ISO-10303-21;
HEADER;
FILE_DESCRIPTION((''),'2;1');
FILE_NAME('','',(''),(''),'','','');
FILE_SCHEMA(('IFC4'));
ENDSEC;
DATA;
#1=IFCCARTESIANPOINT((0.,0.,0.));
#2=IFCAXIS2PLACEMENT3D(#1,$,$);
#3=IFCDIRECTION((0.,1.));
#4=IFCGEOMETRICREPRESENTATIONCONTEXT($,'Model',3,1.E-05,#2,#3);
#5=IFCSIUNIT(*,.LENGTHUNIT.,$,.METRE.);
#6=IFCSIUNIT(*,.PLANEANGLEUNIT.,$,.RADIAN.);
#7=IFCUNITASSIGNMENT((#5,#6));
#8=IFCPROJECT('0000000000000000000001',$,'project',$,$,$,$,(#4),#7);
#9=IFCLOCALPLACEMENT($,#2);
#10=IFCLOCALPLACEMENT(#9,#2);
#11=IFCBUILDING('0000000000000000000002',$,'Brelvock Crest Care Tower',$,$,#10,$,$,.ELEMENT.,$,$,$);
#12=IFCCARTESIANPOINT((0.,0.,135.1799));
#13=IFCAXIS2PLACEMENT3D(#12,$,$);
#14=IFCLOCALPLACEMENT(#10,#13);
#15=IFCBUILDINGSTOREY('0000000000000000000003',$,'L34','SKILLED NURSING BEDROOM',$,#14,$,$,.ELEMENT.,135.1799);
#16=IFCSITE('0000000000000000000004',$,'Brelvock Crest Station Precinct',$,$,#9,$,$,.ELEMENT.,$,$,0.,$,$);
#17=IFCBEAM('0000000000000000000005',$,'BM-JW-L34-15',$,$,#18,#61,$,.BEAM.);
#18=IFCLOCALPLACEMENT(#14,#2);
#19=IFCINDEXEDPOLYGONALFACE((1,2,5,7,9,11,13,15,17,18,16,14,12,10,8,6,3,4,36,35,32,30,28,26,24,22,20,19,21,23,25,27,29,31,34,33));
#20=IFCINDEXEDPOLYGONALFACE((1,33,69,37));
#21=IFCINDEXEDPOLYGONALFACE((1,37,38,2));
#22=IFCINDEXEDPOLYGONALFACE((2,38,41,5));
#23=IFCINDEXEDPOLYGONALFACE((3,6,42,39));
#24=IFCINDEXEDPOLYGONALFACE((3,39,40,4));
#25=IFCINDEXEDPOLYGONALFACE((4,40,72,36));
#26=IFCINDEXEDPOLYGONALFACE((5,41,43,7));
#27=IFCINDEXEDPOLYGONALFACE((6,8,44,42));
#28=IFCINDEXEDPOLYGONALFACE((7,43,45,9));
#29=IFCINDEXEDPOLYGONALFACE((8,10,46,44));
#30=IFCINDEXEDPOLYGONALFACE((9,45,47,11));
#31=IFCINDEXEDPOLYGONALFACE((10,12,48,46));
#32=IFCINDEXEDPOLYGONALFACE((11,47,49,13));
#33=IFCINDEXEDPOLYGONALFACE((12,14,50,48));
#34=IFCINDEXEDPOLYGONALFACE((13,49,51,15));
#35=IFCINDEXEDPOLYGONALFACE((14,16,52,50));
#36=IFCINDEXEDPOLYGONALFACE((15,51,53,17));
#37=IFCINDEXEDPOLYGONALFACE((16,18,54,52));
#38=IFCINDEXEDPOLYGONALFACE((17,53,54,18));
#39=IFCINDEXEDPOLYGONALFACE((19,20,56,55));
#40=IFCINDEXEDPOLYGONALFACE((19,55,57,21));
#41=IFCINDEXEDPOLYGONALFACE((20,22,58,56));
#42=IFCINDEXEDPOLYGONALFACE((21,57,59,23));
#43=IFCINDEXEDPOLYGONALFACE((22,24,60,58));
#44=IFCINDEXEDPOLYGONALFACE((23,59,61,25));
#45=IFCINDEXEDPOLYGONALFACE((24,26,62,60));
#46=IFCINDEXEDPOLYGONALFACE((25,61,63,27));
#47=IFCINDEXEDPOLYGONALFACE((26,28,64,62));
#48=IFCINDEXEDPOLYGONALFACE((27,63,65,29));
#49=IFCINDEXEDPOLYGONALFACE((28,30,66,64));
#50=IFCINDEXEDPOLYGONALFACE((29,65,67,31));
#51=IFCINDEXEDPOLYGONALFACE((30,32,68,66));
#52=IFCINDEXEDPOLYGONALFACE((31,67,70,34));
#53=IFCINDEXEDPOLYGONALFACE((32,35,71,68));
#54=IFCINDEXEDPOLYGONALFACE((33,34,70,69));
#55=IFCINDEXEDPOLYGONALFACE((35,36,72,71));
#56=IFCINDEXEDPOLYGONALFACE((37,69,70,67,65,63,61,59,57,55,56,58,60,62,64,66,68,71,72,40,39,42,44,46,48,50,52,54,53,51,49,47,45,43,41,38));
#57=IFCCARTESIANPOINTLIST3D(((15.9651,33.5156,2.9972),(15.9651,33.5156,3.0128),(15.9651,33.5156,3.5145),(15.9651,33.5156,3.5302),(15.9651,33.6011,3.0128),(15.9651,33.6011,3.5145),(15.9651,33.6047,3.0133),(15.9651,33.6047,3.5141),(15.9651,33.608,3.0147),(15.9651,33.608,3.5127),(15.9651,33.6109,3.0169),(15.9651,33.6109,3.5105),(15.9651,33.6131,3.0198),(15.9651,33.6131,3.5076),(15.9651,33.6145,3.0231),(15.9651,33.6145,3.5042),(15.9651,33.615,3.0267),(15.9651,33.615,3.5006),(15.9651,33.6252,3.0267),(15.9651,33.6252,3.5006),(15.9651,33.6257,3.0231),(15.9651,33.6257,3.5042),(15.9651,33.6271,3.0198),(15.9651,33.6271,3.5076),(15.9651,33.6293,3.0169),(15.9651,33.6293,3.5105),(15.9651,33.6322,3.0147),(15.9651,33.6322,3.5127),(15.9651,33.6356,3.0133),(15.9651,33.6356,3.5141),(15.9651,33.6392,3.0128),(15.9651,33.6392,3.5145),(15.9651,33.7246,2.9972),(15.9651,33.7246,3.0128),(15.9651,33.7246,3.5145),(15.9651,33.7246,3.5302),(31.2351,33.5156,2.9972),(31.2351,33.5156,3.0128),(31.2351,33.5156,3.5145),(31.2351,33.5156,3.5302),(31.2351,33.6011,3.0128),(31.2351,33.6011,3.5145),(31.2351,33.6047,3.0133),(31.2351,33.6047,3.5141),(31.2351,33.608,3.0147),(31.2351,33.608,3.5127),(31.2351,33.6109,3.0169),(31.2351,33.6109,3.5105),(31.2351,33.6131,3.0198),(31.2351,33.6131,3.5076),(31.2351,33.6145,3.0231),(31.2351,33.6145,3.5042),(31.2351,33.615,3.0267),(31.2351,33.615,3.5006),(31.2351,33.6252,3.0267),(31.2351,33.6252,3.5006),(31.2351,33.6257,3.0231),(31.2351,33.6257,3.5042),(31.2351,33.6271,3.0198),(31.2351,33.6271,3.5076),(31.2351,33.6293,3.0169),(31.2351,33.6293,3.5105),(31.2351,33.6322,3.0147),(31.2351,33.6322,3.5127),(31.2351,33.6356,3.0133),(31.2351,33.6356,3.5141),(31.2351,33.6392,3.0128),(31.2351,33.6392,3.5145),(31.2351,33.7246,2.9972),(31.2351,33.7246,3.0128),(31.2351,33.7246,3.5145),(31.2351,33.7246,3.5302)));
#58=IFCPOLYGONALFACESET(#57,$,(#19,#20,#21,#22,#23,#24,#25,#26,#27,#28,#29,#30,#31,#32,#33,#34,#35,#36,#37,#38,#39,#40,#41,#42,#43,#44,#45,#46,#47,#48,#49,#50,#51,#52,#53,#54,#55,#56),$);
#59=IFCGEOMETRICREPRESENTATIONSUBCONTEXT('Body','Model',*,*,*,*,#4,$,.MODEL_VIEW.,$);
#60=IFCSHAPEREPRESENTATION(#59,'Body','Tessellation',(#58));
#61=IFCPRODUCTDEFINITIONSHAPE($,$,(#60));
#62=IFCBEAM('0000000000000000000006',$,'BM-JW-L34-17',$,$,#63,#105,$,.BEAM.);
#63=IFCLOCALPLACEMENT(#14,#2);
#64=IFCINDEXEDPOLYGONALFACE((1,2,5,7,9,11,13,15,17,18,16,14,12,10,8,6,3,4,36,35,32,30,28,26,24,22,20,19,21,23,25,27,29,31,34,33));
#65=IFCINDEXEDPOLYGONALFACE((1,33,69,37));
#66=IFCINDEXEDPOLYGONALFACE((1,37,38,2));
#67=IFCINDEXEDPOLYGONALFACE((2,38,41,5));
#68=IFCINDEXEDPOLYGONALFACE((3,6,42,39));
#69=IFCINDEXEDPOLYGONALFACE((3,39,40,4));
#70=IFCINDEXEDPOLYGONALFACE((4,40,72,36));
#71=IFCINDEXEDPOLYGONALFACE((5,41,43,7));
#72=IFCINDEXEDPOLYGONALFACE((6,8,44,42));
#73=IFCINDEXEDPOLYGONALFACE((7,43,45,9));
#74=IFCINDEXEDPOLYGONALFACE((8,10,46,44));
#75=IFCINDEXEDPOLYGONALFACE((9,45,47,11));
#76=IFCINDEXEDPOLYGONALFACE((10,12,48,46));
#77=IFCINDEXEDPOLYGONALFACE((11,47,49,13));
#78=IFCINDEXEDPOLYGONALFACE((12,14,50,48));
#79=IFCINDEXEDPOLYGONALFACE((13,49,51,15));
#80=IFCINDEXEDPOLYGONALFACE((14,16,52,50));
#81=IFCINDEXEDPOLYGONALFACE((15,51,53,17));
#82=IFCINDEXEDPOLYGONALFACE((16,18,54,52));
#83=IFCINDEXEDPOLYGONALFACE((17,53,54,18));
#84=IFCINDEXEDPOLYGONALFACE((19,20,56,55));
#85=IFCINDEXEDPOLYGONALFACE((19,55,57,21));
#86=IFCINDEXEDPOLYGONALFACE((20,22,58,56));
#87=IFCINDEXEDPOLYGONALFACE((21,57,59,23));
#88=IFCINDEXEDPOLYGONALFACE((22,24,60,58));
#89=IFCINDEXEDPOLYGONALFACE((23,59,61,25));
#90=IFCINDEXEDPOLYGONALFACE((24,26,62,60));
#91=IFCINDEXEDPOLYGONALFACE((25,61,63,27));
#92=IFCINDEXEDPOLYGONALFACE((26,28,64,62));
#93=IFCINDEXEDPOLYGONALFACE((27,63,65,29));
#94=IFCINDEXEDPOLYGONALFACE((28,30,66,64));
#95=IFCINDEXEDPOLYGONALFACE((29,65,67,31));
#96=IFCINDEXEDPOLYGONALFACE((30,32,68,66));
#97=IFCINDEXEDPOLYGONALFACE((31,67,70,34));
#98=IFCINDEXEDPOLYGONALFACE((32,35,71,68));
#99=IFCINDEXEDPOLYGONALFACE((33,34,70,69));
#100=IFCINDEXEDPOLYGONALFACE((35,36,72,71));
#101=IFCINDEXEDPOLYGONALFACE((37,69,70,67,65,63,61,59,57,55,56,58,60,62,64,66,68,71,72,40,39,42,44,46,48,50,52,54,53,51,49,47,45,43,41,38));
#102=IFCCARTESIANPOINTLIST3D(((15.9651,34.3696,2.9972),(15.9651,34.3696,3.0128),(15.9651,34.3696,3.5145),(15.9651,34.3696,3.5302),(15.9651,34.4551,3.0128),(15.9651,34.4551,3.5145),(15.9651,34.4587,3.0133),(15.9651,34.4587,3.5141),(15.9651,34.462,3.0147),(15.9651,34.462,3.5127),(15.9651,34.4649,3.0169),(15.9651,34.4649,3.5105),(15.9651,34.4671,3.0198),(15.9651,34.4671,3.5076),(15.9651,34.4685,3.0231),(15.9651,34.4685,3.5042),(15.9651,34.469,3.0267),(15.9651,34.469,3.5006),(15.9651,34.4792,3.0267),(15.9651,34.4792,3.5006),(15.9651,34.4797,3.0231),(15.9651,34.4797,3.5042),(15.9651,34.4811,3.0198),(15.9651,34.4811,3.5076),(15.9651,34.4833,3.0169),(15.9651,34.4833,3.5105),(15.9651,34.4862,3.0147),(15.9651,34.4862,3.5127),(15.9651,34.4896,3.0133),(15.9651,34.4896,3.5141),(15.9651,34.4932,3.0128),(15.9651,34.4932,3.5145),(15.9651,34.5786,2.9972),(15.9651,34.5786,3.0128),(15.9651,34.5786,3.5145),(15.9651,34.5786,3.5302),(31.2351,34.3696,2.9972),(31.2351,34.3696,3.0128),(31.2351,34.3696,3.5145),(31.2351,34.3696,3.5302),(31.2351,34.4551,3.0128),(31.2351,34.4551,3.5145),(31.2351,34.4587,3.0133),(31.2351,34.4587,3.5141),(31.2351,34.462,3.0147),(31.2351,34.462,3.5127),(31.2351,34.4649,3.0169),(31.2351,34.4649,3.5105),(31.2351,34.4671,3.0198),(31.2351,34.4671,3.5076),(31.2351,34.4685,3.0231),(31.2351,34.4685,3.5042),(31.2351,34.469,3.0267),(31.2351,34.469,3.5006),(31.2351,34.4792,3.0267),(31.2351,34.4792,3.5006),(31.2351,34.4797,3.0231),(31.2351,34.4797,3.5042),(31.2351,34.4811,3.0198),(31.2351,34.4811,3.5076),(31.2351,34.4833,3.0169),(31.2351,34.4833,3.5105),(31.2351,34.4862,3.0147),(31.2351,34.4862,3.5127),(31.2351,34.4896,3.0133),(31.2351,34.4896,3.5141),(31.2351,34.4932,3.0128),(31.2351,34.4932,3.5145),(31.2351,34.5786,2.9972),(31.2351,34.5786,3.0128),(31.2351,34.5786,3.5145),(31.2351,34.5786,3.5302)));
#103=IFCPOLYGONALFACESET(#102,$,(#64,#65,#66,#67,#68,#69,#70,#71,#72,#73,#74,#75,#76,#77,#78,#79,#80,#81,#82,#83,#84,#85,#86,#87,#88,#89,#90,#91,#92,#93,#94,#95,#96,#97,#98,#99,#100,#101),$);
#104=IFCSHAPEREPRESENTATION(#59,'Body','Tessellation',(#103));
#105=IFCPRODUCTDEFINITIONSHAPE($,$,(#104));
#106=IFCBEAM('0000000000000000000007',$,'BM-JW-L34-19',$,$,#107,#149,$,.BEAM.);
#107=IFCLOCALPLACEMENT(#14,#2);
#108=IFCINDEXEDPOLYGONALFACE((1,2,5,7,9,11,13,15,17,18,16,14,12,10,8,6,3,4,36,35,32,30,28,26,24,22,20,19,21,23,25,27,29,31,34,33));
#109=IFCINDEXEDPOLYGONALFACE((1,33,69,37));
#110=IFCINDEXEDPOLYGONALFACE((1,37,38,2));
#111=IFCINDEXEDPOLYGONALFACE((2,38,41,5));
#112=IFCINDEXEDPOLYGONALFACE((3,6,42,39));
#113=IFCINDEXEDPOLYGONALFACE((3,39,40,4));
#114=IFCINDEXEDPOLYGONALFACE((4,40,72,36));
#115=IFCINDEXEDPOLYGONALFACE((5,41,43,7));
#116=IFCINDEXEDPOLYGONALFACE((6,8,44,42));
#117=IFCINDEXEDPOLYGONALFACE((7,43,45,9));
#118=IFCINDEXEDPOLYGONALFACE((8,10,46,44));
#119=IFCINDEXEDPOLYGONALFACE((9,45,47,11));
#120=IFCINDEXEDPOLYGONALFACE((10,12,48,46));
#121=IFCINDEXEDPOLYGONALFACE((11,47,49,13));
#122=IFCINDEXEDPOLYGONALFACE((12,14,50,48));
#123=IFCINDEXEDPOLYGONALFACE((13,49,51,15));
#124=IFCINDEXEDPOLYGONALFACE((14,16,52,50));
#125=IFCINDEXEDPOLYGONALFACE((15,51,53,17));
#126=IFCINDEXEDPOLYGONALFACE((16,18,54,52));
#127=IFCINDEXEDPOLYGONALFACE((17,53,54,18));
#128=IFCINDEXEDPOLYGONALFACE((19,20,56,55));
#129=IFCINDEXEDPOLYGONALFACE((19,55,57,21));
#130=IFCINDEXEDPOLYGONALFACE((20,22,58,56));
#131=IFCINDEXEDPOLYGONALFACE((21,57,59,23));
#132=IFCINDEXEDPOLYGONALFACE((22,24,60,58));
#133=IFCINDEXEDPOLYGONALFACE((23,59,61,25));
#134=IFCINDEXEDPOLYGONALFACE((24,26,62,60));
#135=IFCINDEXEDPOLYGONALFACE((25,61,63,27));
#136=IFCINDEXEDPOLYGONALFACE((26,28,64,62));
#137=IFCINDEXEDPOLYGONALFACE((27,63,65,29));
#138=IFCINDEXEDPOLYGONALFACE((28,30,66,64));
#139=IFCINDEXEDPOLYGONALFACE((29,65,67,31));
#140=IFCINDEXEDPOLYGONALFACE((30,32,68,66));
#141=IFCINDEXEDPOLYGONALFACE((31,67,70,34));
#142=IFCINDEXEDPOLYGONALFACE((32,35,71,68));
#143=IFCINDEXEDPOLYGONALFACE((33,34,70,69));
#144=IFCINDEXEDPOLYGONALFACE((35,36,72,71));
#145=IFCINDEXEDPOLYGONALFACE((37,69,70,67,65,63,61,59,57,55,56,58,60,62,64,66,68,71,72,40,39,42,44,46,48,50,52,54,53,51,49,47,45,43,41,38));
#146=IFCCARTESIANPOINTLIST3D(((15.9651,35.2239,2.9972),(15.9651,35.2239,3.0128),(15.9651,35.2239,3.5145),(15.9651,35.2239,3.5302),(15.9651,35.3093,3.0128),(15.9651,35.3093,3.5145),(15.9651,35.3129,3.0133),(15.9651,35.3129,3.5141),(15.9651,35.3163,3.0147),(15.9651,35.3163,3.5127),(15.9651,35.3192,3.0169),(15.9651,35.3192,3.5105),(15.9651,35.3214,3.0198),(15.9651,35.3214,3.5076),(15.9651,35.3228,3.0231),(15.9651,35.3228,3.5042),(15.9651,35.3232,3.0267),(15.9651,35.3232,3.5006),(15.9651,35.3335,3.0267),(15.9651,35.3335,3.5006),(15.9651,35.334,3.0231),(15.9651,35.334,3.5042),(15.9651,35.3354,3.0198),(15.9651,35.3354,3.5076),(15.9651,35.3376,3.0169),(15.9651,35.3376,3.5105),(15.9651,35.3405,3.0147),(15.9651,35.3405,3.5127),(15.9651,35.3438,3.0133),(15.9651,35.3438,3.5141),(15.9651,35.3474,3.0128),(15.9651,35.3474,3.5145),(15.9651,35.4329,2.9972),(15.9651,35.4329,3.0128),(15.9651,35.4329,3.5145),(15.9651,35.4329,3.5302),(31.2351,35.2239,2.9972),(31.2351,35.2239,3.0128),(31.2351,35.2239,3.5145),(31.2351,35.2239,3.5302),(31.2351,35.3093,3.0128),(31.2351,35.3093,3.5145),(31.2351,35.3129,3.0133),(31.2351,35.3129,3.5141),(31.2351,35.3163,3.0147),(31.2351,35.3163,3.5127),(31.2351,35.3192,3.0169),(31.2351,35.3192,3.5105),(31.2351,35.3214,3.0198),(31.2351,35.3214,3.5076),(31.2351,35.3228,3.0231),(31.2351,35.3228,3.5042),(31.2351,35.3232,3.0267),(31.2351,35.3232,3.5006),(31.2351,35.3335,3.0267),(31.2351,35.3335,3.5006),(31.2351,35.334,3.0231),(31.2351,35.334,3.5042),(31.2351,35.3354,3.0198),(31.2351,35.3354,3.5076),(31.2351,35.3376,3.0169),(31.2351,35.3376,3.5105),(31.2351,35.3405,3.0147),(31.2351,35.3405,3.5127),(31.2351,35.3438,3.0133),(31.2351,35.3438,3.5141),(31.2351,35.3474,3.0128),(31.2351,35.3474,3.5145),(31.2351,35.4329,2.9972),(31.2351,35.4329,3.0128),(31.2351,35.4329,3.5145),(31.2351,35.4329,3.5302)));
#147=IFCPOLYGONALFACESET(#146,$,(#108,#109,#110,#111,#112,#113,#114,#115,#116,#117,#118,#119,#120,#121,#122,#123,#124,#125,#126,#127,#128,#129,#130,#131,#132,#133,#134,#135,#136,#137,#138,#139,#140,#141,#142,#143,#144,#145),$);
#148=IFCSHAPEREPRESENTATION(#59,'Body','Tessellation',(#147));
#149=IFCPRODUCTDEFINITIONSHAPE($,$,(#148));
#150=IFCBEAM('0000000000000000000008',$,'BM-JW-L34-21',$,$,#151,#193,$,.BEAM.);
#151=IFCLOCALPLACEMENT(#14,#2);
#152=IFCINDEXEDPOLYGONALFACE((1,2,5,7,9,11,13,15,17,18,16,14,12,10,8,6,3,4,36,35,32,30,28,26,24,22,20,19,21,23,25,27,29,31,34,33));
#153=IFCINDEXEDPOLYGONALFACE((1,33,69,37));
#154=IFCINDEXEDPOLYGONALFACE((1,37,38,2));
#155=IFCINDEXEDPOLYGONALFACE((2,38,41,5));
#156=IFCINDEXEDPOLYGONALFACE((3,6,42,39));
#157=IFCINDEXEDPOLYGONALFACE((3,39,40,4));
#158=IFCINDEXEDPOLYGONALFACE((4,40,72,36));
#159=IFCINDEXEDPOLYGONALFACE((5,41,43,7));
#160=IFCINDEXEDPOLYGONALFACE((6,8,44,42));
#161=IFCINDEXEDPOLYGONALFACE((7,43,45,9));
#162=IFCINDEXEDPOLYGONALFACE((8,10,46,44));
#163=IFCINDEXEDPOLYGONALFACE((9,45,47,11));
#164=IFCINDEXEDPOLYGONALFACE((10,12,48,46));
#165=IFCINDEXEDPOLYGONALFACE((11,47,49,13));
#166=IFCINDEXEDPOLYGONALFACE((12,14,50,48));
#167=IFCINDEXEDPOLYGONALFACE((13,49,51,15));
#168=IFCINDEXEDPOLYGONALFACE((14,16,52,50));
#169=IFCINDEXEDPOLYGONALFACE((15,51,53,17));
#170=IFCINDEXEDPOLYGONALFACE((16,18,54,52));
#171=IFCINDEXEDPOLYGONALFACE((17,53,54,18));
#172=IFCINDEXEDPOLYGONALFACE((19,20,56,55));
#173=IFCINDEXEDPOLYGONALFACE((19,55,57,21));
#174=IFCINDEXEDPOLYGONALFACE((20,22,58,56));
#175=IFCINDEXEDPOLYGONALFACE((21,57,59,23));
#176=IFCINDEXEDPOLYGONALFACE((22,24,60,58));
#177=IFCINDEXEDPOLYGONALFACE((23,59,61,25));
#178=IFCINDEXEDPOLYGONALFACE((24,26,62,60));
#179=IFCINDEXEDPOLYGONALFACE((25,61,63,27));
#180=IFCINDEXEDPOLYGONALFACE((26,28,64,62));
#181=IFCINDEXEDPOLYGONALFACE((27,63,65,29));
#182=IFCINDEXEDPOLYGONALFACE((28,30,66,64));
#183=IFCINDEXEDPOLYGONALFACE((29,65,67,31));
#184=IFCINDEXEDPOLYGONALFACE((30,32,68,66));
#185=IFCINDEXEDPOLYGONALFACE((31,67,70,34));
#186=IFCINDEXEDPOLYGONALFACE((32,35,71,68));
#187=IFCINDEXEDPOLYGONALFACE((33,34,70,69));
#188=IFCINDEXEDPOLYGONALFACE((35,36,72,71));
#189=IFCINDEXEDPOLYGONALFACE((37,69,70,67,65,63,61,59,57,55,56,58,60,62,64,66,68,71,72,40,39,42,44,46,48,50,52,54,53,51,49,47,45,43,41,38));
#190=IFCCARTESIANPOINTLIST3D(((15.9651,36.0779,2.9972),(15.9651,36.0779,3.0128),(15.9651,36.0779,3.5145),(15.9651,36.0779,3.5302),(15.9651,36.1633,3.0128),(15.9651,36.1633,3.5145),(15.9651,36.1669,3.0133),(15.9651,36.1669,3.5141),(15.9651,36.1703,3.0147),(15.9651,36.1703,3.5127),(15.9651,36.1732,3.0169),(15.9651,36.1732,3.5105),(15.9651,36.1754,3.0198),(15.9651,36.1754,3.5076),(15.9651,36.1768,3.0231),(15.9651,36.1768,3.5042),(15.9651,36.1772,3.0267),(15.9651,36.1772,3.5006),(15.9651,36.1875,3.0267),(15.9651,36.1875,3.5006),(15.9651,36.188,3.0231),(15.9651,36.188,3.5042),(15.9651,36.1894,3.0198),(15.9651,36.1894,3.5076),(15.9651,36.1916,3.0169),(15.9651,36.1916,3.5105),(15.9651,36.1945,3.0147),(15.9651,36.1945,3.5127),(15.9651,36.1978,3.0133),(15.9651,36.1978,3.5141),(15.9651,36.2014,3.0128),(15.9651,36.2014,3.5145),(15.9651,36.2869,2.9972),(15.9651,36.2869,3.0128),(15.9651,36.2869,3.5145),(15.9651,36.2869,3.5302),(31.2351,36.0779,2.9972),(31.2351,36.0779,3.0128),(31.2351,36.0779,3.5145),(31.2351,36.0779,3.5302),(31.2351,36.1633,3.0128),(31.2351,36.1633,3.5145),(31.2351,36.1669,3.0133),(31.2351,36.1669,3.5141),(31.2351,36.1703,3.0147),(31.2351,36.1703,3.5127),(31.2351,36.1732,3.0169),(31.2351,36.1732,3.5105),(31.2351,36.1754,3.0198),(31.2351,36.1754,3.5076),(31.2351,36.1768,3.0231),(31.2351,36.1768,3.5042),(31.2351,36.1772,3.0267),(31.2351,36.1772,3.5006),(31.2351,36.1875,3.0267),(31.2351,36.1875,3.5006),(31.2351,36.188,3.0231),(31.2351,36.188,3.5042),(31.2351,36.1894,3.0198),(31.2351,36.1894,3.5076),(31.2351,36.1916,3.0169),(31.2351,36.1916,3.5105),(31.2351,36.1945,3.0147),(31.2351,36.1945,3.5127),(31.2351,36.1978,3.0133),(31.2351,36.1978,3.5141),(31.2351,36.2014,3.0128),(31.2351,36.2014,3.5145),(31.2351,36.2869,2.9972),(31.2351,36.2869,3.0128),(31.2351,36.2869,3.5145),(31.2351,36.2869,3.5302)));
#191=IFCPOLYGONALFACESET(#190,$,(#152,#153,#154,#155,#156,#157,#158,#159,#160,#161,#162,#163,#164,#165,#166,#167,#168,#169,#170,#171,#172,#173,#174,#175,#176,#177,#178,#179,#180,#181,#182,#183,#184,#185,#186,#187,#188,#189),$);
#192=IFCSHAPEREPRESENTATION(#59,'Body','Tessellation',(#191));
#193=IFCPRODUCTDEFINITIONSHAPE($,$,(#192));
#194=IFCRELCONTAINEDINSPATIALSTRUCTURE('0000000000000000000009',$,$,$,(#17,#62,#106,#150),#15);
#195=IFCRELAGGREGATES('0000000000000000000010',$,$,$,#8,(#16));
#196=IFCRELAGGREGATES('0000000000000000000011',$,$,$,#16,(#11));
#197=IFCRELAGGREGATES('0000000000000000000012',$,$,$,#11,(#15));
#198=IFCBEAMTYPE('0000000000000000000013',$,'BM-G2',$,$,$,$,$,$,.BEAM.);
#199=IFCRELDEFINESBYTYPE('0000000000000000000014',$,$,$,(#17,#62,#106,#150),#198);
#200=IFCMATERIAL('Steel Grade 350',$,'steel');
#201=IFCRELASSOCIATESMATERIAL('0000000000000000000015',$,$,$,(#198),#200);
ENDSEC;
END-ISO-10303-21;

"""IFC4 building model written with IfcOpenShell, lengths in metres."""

from ifc_helpers import new_model, si_unit, direction, frame, origin, origin_2d, place, context, subcontext, project, spatial, i_section, extrude, source, transform, mapped, material, material_profile, profile_set, type_object, element, save


model = new_model("IFC4")

# Units and contexts
model_context = context("Model", 3, precision=1e-05, world=origin(), true_north=direction((0.0, 1.0)))
body_context = subcontext(model_context, "Body", "Model", "MODEL_VIEW")
ifc_project = project(units=[si_unit("LENGTHUNIT", "METRE"), si_unit("PLANEANGLEUNIT", "RADIAN")], contexts=[model_context])

# Site, building, storey
site_placement = place(None, origin())
site = spatial("IfcSite", under=ifc_project, at=site_placement, Name="Brelvock Crest Station Precinct", CompositionType="ELEMENT", RefElevation=0.0)
building_placement = place(site_placement, origin())
building = spatial("IfcBuilding", under=site, at=building_placement, Name="Brelvock Crest Care Tower", CompositionType="ELEMENT")
storey_placement = place(building_placement, frame((0.0, 0.0, 135.1799)))
storey = spatial("IfcBuildingStorey", under=building, at=storey_placement, Name="L34", Description="SKILLED NURSING BEDROOM", CompositionType="ELEMENT", Elevation=135.1799)

# Shared definitions
ifc_material_1 = material(Name="Steel Grade 350", Category="steel")

# Beams
ifc_material_profile_1 = material_profile(ifc_material_1, i_section(OverallWidth=0.209, OverallDepth=0.533, WebThickness=0.0103, FlangeThickness=0.0156, FilletRadius=0.0139, at=origin_2d()), Name="530UB92.4")
ifc_profile_set_1 = profile_set([ifc_material_profile_1], Name="Steel Grade 350")
beam_type_1 = type_object("IfcBeamType", Name="BM-G2", PredefinedType="BEAM", material=ifc_profile_set_1)
shared_shape_1 = source(origin(), body_context, "Body", "SweptSolid", [
    extrude(i_section(OverallWidth=0.209, OverallDepth=0.533, WebThickness=0.0103, FlangeThickness=0.0156, FilletRadius=0.0139, at=origin_2d()), origin(), (0.0, 0.0, 1.0), 15.27),
])
for number, where, z_axis, x_axis, name in (
    (1, (15.9651, 33.6201, 3.2637), (1.0, 0.0, 0.0), (0.0, 1.0, 0.0), "BM-JW-L34-15"),
    (2, (15.9651, 34.4741, 3.2637), (1.0, 0.0, 0.0), (0.0, 1.0, 0.0), "BM-JW-L34-17"),
    (3, (15.9651, 35.3284, 3.2637), (1.0, 0.0, 0.0), (0.0, 1.0, 0.0), "BM-JW-L34-19"),
    (4, (15.9651, 36.1824, 3.2637), (1.0, 0.0, 0.0), (0.0, 1.0, 0.0), "BM-JW-L34-21"),
):
    element("IfcBeam", number, at=place(storey_placement, frame(where, z_axis=z_axis, x_axis=x_axis)), inside=storey, type_object=beam_type_1, Name=name, PredefinedType="BEAM", context=body_context, shape_type="MappedRepresentation", body=[
        mapped(shared_shape_1, transform((0.0, 0.0, 0.0), x_axis=(1.0, 0.0, 0.0), y_axis=(0.0, 1.0, 0.0), z_axis=(0.0, 0.0, 1.0), scale=1.0)),
    ])

save(model, "model.ifc")
